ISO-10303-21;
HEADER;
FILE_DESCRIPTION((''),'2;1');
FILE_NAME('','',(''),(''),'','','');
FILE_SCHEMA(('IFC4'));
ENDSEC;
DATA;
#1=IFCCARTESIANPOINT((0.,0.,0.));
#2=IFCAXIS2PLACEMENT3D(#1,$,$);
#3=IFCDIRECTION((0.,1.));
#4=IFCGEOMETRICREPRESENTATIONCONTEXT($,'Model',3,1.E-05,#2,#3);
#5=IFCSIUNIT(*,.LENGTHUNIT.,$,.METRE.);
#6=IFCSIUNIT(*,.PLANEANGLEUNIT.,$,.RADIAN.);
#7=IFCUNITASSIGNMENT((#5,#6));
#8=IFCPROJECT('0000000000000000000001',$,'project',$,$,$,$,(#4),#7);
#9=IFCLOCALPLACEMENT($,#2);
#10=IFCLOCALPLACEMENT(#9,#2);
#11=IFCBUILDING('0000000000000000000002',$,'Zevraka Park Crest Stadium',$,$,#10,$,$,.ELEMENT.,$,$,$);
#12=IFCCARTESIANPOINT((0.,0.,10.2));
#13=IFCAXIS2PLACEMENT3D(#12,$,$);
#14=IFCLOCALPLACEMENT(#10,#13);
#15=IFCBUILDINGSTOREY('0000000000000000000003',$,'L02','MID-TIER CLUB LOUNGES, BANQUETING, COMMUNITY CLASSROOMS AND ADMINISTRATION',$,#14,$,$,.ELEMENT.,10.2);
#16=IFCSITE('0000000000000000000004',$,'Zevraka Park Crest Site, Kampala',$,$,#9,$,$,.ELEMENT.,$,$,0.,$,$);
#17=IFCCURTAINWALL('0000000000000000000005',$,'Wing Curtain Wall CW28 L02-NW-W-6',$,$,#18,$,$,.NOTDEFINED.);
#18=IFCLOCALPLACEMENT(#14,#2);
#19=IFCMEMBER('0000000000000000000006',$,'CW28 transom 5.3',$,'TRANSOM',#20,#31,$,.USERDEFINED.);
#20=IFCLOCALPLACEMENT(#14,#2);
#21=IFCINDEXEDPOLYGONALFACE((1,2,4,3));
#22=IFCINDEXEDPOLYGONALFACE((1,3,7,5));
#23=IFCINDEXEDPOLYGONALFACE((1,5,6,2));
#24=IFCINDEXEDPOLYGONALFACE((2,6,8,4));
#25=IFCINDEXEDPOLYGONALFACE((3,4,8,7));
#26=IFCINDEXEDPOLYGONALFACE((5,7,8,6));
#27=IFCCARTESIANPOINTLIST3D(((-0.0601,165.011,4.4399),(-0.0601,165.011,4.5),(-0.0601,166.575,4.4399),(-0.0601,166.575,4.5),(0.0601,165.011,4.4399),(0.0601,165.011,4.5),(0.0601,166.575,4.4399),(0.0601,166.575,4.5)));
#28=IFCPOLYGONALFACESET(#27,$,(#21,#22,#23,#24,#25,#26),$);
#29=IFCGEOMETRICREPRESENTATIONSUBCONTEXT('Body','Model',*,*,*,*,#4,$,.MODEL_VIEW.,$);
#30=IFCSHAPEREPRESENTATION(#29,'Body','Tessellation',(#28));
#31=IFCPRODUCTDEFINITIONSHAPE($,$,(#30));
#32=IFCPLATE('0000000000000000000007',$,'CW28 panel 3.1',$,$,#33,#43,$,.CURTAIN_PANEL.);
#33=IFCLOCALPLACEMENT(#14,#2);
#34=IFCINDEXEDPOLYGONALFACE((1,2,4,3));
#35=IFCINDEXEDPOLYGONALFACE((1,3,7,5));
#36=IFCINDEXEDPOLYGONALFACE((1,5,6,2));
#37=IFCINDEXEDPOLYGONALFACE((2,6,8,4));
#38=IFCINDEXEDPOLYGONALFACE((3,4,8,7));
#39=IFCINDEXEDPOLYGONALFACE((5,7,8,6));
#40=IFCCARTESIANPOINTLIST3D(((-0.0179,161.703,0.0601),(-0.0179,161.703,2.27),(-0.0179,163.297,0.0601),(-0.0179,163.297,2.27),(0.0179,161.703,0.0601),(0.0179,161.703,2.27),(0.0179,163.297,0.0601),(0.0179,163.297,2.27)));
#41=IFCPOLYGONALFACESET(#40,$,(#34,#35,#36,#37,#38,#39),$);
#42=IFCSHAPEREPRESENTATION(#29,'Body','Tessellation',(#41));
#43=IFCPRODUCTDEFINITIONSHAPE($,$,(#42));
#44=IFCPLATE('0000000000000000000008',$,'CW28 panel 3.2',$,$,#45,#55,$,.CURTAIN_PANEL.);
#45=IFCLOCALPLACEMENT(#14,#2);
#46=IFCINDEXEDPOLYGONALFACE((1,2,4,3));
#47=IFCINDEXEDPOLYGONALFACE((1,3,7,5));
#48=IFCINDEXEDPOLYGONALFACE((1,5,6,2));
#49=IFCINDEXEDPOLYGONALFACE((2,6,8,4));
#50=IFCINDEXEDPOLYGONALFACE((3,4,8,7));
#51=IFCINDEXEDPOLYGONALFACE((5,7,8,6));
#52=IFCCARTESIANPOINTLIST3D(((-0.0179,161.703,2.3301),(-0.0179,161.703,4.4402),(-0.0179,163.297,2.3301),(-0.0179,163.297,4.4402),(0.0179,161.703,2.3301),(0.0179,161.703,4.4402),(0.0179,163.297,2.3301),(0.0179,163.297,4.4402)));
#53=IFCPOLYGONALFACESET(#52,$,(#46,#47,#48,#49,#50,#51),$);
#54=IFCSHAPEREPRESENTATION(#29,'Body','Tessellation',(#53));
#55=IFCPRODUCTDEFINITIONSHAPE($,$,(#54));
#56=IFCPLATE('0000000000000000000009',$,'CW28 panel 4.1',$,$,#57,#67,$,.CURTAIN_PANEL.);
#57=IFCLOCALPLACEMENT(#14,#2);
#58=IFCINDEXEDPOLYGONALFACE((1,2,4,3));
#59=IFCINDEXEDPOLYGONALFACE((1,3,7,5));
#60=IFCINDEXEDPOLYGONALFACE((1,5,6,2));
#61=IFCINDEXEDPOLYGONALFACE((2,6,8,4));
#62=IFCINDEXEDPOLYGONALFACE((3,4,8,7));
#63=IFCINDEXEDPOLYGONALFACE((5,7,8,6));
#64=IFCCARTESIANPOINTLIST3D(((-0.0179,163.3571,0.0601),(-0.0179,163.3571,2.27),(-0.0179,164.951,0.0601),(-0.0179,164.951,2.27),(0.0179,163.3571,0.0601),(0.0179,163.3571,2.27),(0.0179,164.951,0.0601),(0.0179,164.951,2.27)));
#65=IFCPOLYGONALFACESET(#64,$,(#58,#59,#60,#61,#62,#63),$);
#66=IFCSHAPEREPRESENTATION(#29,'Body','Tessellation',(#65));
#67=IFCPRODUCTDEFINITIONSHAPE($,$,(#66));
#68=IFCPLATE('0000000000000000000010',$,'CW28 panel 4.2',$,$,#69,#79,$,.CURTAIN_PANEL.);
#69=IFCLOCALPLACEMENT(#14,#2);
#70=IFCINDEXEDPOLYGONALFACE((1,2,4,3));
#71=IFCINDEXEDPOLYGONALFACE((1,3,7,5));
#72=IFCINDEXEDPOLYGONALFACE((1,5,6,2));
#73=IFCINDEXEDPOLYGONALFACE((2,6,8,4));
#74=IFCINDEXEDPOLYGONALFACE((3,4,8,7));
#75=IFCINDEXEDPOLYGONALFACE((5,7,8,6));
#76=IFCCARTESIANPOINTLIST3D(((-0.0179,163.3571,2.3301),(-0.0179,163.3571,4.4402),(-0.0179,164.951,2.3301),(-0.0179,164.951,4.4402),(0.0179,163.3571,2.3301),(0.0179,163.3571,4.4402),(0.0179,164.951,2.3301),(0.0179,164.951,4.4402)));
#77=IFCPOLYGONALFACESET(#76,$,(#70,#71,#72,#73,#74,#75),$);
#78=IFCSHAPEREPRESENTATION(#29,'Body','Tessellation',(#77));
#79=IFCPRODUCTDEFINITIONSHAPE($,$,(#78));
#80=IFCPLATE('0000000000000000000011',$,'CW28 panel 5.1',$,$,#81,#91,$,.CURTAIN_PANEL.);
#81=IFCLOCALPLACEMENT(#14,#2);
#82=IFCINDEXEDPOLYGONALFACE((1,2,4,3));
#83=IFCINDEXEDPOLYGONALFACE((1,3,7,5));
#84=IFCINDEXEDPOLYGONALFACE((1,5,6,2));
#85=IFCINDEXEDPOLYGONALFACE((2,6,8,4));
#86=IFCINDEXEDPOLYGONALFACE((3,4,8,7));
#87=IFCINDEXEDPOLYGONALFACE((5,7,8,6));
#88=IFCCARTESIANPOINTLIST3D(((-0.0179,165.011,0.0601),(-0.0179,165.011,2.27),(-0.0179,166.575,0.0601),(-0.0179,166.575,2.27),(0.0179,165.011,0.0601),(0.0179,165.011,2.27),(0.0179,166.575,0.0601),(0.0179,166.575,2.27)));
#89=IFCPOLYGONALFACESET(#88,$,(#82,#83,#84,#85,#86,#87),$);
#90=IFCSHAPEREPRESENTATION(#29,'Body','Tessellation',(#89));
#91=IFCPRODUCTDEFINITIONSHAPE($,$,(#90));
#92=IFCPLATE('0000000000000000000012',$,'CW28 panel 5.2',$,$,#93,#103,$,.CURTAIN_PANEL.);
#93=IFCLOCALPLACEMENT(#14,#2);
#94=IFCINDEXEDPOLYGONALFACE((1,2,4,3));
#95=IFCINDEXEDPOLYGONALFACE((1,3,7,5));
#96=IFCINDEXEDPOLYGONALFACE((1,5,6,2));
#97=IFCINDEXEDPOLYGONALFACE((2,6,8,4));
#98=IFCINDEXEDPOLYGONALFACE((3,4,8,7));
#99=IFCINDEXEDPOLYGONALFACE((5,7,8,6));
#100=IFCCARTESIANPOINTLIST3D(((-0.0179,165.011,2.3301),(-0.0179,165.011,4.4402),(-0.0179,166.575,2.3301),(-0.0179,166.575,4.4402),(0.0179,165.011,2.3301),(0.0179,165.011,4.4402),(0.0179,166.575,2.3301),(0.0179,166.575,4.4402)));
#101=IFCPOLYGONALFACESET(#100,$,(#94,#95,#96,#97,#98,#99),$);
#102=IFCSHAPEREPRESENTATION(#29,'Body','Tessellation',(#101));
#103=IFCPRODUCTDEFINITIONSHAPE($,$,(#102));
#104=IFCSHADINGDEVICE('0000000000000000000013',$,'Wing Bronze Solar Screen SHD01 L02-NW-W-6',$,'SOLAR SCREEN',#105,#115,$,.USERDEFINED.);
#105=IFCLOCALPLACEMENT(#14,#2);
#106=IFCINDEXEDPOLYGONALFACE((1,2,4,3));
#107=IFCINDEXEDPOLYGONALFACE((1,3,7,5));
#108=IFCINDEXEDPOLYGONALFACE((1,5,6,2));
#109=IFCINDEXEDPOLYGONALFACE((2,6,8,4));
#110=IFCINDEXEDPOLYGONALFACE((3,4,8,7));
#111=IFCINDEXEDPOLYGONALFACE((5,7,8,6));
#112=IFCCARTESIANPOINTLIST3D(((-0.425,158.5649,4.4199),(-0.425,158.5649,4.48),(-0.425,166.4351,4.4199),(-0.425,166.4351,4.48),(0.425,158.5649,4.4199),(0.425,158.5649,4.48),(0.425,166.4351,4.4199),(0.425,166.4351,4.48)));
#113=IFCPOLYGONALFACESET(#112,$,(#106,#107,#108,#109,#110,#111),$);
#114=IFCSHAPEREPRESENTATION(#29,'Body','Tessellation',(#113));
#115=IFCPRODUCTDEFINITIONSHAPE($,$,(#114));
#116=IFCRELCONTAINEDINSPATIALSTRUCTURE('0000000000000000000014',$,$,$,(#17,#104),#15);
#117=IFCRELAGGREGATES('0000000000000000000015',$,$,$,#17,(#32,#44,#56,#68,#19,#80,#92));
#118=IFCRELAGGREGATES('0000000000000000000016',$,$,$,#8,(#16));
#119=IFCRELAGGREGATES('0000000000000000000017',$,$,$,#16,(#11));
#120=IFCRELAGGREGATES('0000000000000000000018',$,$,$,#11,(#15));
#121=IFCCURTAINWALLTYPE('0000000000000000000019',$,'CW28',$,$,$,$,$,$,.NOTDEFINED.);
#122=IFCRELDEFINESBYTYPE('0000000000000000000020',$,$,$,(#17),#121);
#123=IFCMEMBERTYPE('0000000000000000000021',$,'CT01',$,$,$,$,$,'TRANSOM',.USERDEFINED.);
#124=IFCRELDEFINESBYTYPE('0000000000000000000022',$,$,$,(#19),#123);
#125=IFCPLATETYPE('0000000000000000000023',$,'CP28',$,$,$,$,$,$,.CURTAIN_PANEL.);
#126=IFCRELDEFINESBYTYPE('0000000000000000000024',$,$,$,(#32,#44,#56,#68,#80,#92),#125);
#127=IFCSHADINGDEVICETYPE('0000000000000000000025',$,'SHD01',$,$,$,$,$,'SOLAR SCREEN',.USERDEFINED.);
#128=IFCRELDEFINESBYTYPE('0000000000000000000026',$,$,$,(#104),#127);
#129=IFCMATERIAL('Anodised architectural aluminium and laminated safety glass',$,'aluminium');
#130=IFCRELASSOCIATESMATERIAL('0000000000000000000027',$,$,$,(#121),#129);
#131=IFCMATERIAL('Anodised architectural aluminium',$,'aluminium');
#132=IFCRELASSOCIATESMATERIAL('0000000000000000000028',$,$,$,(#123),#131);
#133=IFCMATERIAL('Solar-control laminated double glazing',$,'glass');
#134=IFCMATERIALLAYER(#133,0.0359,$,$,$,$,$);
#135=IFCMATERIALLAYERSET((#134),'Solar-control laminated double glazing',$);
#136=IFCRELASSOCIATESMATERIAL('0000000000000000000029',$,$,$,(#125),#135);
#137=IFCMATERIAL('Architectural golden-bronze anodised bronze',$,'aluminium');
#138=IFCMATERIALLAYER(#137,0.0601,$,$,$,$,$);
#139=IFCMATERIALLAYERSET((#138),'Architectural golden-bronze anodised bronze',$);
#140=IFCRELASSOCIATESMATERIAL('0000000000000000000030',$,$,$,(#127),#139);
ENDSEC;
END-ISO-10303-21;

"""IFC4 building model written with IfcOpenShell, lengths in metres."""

from ifc_helpers import new_model, si_unit, direction, frame, origin, origin_2d, place, context, subcontext, project, spatial, rectangle, extrude, material, layer, layer_set, material_profile, profile_set, type_object, element, aggregate, save


model = new_model("IFC4")

# Units and contexts
model_context = context("Model", 3, precision=1e-05, world=origin(), true_north=direction((0.0, 1.0)))
body_context = subcontext(model_context, "Body", "Model", "MODEL_VIEW")
ifc_project = project(units=[si_unit("LENGTHUNIT", "METRE"), si_unit("PLANEANGLEUNIT", "RADIAN")], contexts=[model_context])

# Site, building, storey
site_placement = place(None, origin())
site = spatial("IfcSite", under=ifc_project, at=site_placement, Name="Zevraka Park Crest Site, Kampala", CompositionType="ELEMENT", RefElevation=0.0)
building_placement = place(site_placement, origin())
building = spatial("IfcBuilding", under=site, at=building_placement, Name="Zevraka Park Crest Stadium", CompositionType="ELEMENT")
storey_placement = place(building_placement, frame((0.0, 0.0, 10.2)))
storey = spatial("IfcBuildingStorey", under=building, at=storey_placement, Name="L02", Description="MID-TIER CLUB LOUNGES, BANQUETING, COMMUNITY CLASSROOMS AND ADMINISTRATION", CompositionType="ELEMENT", Elevation=10.2)

# Curtain wall, member, plates
ifc_material_1 = material(Name="Anodised architectural aluminium and laminated safety glass", Category="aluminium")
curtain_wall_type = type_object("IfcCurtainWallType", Name="CW28", PredefinedType="NOTDEFINED", material=ifc_material_1)
curtain_wall_placement = place(storey_placement, origin())
curtain_wall = element("IfcCurtainWall", 1, at=curtain_wall_placement, inside=storey, type_object=curtain_wall_type, Name="Wing Curtain Wall CW28 L02-NW-W-6", PredefinedType="NOTDEFINED")
ifc_material_2 = material(Name="Anodised architectural aluminium", Category="aluminium")
ifc_material_profile_1 = material_profile(ifc_material_2, rectangle(XDim=0.1201, YDim=0.0601, at=origin_2d()), Name="ALU TRANSOM 120x60")
ifc_profile_set_1 = profile_set([ifc_material_profile_1], Name="Anodised architectural aluminium")
member_type_1 = type_object("IfcMemberType", Name="CT01", ElementType="TRANSOM", PredefinedType="USERDEFINED", material=ifc_profile_set_1)
member_1_placement = place(storey_placement, frame((0.0, 165.011, 4.47), z_axis=(0.0, 1.0, 0.0), x_axis=(-1.0, 0.0, 0.0)))
member_1 = element("IfcMember", 2, at=member_1_placement, type_object=member_type_1, Name="CW28 transom 5.3", ObjectType="TRANSOM", PredefinedType="USERDEFINED", context=body_context, shape_type="SweptSolid", body=[
    extrude(rectangle(XDim=0.1201, YDim=0.0601, at=origin_2d()), origin(), (0.0, 0.0, 1.0), 1.564),
])
ifc_material_3 = material(Name="Solar-control laminated double glazing", Category="glass")
ifc_layer_1 = layer(ifc_material_3, 0.0359)
ifc_layer_set_1 = layer_set([ifc_layer_1], Name="Solar-control laminated double glazing")
plate_type = type_object("IfcPlateType", Name="CP28", PredefinedType="CURTAIN_PANEL", material=ifc_layer_set_1)
plate_1_placement = place(storey_placement, frame((0.0, 162.5, 0.0601), z_axis=(0.0, 0.0, 1.0), x_axis=(0.0, 1.0, 0.0)))
plate_1 = element("IfcPlate", 3, at=plate_1_placement, type_object=plate_type, Name="CW28 panel 3.1", PredefinedType="CURTAIN_PANEL", context=body_context, shape_type="SweptSolid", body=[
    extrude(rectangle(XDim=1.594, YDim=0.0359, at=origin_2d()), origin(), (0.0, 0.0, 1.0), 2.21),
])
plate_2_placement = place(storey_placement, frame((0.0, 162.5, 2.3301), z_axis=(0.0, 0.0, 1.0), x_axis=(0.0, 1.0, 0.0)))
plate_2 = element("IfcPlate", 4, at=plate_2_placement, type_object=plate_type, Name="CW28 panel 3.2", PredefinedType="CURTAIN_PANEL", context=body_context, shape_type="SweptSolid", body=[
    extrude(rectangle(XDim=1.594, YDim=0.0359, at=origin_2d()), origin(), (0.0, 0.0, 1.0), 2.1101),
])
plate_3_placement = place(storey_placement, frame((0.0, 164.1541, 0.0601), z_axis=(0.0, 0.0, 1.0), x_axis=(0.0, 1.0, 0.0)))
plate_3 = element("IfcPlate", 5, at=plate_3_placement, type_object=plate_type, Name="CW28 panel 4.1", PredefinedType="CURTAIN_PANEL", context=body_context, shape_type="SweptSolid", body=[
    extrude(rectangle(XDim=1.594, YDim=0.0359, at=origin_2d()), origin(), (0.0, 0.0, 1.0), 2.21),
])
plate_4_placement = place(storey_placement, frame((0.0, 164.1541, 2.3301), z_axis=(0.0, 0.0, 1.0), x_axis=(0.0, 1.0, 0.0)))
plate_4 = element("IfcPlate", 6, at=plate_4_placement, type_object=plate_type, Name="CW28 panel 4.2", PredefinedType="CURTAIN_PANEL", context=body_context, shape_type="SweptSolid", body=[
    extrude(rectangle(XDim=1.594, YDim=0.0359, at=origin_2d()), origin(), (0.0, 0.0, 1.0), 2.1101),
])
plate_5_placement = place(storey_placement, frame((0.0, 165.793, 0.0601), z_axis=(0.0, 0.0, 1.0), x_axis=(0.0, 1.0, 0.0)))
plate_5 = element("IfcPlate", 7, at=plate_5_placement, type_object=plate_type, Name="CW28 panel 5.1", PredefinedType="CURTAIN_PANEL", context=body_context, shape_type="SweptSolid", body=[
    extrude(rectangle(XDim=1.564, YDim=0.0359, at=origin_2d()), origin(), (0.0, 0.0, 1.0), 2.21),
])
plate_6_placement = place(storey_placement, frame((0.0, 165.793, 2.3301), z_axis=(0.0, 0.0, 1.0), x_axis=(0.0, 1.0, 0.0)))
plate_6 = element("IfcPlate", 8, at=plate_6_placement, type_object=plate_type, Name="CW28 panel 5.2", PredefinedType="CURTAIN_PANEL", context=body_context, shape_type="SweptSolid", body=[
    extrude(rectangle(XDim=1.564, YDim=0.0359, at=origin_2d()), origin(), (0.0, 0.0, 1.0), 2.1101),
])
aggregate(curtain_wall, [plate_1, plate_2, plate_3, plate_4, member_1, plate_5, plate_6])

# Shading device
ifc_material_4 = material(Name="Architectural golden-bronze anodised bronze", Category="aluminium")
ifc_layer_2 = layer(ifc_material_4, 0.0601)
ifc_layer_set_2 = layer_set([ifc_layer_2], Name="Architectural golden-bronze anodised bronze")
shading_device_type = type_object("IfcShadingDeviceType", Name="SHD01", ElementType="SOLAR SCREEN", PredefinedType="USERDEFINED", material=ifc_layer_set_2)
shading_device_placement = place(storey_placement, frame((0.0, 162.5, 4.4199), z_axis=(0.0, 0.0, 1.0), x_axis=(0.0, 1.0, 0.0)))
element("IfcShadingDevice", 9, at=shading_device_placement, inside=storey, type_object=shading_device_type, Name="Wing Bronze Solar Screen SHD01 L02-NW-W-6", ObjectType="SOLAR SCREEN", PredefinedType="USERDEFINED", context=body_context, shape_type="SweptSolid", body=[
    extrude(rectangle(XDim=7.8701, YDim=0.8501, at=origin_2d()), origin(), (0.0, 0.0, 1.0), 0.0601),
])

save(model, "model.ifc")
